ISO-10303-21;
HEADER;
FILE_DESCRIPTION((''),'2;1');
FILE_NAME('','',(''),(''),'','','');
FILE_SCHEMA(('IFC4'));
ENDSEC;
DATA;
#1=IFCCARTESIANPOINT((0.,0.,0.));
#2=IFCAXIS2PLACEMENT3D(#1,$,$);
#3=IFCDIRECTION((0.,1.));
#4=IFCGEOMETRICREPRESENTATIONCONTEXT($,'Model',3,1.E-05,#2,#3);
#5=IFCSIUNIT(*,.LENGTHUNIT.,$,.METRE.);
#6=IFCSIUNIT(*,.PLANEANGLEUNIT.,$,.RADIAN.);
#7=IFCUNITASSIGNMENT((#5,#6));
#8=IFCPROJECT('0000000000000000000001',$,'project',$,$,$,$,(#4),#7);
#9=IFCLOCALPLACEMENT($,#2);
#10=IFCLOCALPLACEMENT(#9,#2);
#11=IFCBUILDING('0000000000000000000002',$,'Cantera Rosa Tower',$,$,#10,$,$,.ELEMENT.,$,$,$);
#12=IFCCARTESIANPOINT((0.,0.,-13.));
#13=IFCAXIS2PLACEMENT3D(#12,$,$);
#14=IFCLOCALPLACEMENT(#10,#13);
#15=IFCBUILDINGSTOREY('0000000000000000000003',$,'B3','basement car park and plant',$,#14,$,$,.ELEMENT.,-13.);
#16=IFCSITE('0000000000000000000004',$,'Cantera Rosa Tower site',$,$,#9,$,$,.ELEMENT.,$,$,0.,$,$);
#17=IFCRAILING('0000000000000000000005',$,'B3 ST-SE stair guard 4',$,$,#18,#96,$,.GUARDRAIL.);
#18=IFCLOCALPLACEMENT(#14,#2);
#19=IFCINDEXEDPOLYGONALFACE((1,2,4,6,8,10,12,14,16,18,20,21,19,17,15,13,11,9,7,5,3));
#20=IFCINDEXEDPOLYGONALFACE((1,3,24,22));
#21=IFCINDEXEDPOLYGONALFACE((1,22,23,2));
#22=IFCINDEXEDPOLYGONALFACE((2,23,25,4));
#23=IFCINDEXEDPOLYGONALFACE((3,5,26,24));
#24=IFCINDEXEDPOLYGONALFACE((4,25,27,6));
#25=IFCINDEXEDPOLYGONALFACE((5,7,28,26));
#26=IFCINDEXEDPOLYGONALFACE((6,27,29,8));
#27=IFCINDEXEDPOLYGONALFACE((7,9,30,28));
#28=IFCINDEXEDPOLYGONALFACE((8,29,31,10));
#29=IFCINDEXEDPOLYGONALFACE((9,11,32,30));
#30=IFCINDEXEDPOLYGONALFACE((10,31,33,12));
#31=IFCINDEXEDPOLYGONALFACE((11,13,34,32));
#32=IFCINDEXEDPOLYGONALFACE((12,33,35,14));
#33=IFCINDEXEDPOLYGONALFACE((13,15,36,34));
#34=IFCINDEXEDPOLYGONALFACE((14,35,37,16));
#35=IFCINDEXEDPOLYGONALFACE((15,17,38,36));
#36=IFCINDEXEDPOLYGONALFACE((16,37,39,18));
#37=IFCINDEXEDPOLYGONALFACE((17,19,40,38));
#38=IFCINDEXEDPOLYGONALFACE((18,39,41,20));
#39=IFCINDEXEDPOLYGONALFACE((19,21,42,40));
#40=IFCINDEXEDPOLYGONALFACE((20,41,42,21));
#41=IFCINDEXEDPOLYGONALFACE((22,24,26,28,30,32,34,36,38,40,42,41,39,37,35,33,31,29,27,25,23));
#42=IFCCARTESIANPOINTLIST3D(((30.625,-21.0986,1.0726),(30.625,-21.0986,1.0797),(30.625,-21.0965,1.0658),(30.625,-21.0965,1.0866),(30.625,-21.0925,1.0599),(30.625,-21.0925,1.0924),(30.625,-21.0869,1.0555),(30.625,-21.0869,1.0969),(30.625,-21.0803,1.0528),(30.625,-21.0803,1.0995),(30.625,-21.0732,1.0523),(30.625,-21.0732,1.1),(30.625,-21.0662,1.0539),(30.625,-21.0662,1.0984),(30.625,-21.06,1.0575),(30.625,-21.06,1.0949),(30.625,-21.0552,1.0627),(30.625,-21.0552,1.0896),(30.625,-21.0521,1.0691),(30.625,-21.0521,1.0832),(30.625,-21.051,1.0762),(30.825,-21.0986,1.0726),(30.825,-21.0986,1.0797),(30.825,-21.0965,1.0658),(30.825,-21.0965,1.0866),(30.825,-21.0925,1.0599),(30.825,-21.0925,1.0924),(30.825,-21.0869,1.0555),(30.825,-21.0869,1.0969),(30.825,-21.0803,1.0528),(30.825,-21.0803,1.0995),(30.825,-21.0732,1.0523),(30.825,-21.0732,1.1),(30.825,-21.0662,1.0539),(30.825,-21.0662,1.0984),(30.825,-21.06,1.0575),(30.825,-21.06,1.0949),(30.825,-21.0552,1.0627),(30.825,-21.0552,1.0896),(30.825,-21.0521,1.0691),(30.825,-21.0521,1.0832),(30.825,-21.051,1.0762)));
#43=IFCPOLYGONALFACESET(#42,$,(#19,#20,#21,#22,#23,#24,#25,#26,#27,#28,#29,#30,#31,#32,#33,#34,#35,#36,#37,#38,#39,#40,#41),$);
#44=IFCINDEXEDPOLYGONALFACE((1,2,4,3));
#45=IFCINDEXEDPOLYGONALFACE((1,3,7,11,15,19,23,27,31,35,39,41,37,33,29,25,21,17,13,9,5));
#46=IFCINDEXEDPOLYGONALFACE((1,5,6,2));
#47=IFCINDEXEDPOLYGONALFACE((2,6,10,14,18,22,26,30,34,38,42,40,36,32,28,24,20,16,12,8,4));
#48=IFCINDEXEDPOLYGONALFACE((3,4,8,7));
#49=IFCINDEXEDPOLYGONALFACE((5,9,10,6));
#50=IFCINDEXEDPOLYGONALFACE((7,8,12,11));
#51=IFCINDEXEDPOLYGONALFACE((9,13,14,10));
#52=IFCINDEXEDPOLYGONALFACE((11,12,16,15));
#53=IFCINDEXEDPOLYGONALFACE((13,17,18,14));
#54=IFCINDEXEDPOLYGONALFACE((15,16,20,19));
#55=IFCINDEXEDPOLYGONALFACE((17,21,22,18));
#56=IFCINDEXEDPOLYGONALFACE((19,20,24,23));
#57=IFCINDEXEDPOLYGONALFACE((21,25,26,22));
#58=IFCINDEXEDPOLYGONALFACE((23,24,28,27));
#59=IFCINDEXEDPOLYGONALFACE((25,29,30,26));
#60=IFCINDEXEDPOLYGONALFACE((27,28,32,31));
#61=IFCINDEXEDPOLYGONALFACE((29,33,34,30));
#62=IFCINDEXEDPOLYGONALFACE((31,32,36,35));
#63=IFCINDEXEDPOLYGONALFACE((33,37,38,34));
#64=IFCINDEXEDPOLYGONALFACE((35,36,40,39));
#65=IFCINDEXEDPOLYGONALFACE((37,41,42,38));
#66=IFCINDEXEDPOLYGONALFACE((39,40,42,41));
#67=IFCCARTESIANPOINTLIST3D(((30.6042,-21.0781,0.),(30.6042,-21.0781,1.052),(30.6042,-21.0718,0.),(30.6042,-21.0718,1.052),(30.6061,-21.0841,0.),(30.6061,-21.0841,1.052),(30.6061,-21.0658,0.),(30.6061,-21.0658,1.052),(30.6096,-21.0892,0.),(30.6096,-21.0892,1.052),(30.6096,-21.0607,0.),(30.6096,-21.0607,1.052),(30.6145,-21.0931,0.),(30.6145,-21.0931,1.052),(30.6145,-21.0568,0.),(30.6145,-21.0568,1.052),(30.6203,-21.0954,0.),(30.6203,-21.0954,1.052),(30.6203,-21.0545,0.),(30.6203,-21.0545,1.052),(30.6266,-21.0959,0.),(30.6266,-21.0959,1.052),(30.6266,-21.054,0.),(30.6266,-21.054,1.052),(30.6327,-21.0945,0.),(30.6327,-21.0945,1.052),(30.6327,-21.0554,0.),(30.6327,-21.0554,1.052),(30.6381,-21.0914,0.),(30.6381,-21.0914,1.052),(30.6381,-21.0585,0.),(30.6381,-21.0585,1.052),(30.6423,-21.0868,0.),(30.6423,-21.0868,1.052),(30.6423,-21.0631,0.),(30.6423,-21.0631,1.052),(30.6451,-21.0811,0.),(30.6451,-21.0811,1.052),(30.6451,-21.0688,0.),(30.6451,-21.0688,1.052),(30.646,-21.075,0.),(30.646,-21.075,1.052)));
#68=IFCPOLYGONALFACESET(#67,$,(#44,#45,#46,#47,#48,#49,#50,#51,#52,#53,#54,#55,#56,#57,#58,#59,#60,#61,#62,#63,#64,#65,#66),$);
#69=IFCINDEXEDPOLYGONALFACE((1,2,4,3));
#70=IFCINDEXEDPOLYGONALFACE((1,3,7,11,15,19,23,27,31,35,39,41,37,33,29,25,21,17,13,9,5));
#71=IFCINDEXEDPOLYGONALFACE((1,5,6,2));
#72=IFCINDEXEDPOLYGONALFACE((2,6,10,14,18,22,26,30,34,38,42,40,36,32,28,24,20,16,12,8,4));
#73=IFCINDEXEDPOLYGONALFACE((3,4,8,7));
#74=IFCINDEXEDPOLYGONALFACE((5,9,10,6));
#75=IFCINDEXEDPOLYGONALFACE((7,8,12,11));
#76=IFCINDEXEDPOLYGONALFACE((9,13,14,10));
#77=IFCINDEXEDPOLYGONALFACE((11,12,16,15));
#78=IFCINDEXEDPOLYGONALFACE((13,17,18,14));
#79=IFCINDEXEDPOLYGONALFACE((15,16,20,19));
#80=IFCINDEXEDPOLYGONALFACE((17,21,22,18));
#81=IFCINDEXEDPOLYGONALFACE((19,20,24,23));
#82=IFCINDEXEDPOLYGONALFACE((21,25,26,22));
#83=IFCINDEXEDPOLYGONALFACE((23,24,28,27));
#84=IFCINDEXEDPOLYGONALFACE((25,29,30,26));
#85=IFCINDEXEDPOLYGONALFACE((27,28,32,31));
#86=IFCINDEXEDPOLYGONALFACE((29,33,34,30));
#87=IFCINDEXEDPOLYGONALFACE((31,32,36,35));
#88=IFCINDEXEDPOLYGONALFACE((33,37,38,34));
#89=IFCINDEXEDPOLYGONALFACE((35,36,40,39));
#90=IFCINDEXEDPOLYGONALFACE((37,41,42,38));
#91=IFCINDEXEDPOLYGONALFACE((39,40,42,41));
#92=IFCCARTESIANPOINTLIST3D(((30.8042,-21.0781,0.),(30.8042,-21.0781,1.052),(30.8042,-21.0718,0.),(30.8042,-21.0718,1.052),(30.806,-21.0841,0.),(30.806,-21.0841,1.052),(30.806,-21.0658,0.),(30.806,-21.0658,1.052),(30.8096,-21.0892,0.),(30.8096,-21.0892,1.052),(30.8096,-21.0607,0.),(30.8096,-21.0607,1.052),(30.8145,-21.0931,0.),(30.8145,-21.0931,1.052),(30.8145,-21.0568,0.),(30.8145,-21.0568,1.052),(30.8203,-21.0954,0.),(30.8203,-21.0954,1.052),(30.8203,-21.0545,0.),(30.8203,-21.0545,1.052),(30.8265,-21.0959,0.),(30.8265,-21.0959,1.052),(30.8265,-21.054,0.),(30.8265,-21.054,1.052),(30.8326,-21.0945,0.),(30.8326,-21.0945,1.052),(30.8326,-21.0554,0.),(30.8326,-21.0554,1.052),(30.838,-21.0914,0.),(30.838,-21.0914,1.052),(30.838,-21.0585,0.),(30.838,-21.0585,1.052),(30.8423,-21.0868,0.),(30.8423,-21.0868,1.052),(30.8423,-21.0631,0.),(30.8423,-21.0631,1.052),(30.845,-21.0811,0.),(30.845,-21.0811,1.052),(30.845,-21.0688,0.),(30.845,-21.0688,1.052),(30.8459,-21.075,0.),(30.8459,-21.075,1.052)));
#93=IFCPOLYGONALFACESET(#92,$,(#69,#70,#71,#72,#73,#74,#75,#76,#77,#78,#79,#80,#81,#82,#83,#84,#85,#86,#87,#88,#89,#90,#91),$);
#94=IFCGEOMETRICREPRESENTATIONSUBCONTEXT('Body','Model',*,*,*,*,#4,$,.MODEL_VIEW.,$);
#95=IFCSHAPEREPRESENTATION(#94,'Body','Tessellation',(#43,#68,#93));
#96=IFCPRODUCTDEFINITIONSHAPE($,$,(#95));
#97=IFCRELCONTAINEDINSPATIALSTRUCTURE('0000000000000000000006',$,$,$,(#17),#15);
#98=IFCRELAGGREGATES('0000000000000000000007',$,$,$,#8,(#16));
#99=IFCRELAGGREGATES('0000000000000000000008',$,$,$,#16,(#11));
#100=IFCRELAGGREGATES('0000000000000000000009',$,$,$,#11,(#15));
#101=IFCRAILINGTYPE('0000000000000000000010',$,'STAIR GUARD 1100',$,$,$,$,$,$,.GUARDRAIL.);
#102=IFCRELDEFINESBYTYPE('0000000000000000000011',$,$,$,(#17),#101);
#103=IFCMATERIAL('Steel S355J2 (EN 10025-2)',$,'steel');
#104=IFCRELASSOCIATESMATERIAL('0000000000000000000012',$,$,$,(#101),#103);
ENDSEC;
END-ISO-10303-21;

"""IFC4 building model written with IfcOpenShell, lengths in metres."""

from ifc_helpers import new_model, si_unit, direction, frame, origin, origin_2d, place, context, subcontext, project, spatial, circle, extrude, material, type_object, element, save


model = new_model("IFC4")

# Units and contexts
model_context = context("Model", 3, precision=1e-05, world=origin(), true_north=direction((0.0, 1.0)))
body_context = subcontext(model_context, "Body", "Model", "MODEL_VIEW")
ifc_project = project(units=[si_unit("LENGTHUNIT", "METRE"), si_unit("PLANEANGLEUNIT", "RADIAN")], contexts=[model_context])

# Site, building, storey
site_placement = place(None, origin())
site = spatial("IfcSite", under=ifc_project, at=site_placement, Name="Cantera Rosa Tower site", CompositionType="ELEMENT", RefElevation=0.0)
building_placement = place(site_placement, origin())
building = spatial("IfcBuilding", under=site, at=building_placement, Name="Cantera Rosa Tower", CompositionType="ELEMENT")
storey_placement = place(building_placement, frame((0.0, 0.0, -13.0)))
storey = spatial("IfcBuildingStorey", under=building, at=storey_placement, Name="B3", Description="basement car park and plant", CompositionType="ELEMENT", Elevation=-13.0)

# Railing
ifc_material_1 = material(Name="Steel S355J2 (EN 10025-2)", Category="steel")
railing_type = type_object("IfcRailingType", Name="STAIR GUARD 1100", PredefinedType="GUARDRAIL", material=ifc_material_1)
railing_1_placement = place(storey_placement, frame((30.625, -21.075, 0.0)))
element("IfcRailing", 1, at=railing_1_placement, inside=storey, type_object=railing_type, Name="B3 ST-SE stair guard 4", PredefinedType="GUARDRAIL", context=body_context, shape_type="SweptSolid", body=[
    extrude(circle(Radius=0.0239, at=origin_2d()), frame((0.0, 0.0, 1.0762), z_axis=(1.0, 0.0, 0.0), x_axis=(0.0, 1.0, 0.0)), (0.0, 0.0, 1.0), 0.2),
    extrude(circle(Radius=0.021, at=origin_2d()), origin(), (0.0, 0.0, 1.0), 1.052),
    extrude(circle(Radius=0.021, at=origin_2d()), frame((0.2, 0.0, 0.0)), (0.0, 0.0, 1.0), 1.052),
])

save(model, "model.ifc")
